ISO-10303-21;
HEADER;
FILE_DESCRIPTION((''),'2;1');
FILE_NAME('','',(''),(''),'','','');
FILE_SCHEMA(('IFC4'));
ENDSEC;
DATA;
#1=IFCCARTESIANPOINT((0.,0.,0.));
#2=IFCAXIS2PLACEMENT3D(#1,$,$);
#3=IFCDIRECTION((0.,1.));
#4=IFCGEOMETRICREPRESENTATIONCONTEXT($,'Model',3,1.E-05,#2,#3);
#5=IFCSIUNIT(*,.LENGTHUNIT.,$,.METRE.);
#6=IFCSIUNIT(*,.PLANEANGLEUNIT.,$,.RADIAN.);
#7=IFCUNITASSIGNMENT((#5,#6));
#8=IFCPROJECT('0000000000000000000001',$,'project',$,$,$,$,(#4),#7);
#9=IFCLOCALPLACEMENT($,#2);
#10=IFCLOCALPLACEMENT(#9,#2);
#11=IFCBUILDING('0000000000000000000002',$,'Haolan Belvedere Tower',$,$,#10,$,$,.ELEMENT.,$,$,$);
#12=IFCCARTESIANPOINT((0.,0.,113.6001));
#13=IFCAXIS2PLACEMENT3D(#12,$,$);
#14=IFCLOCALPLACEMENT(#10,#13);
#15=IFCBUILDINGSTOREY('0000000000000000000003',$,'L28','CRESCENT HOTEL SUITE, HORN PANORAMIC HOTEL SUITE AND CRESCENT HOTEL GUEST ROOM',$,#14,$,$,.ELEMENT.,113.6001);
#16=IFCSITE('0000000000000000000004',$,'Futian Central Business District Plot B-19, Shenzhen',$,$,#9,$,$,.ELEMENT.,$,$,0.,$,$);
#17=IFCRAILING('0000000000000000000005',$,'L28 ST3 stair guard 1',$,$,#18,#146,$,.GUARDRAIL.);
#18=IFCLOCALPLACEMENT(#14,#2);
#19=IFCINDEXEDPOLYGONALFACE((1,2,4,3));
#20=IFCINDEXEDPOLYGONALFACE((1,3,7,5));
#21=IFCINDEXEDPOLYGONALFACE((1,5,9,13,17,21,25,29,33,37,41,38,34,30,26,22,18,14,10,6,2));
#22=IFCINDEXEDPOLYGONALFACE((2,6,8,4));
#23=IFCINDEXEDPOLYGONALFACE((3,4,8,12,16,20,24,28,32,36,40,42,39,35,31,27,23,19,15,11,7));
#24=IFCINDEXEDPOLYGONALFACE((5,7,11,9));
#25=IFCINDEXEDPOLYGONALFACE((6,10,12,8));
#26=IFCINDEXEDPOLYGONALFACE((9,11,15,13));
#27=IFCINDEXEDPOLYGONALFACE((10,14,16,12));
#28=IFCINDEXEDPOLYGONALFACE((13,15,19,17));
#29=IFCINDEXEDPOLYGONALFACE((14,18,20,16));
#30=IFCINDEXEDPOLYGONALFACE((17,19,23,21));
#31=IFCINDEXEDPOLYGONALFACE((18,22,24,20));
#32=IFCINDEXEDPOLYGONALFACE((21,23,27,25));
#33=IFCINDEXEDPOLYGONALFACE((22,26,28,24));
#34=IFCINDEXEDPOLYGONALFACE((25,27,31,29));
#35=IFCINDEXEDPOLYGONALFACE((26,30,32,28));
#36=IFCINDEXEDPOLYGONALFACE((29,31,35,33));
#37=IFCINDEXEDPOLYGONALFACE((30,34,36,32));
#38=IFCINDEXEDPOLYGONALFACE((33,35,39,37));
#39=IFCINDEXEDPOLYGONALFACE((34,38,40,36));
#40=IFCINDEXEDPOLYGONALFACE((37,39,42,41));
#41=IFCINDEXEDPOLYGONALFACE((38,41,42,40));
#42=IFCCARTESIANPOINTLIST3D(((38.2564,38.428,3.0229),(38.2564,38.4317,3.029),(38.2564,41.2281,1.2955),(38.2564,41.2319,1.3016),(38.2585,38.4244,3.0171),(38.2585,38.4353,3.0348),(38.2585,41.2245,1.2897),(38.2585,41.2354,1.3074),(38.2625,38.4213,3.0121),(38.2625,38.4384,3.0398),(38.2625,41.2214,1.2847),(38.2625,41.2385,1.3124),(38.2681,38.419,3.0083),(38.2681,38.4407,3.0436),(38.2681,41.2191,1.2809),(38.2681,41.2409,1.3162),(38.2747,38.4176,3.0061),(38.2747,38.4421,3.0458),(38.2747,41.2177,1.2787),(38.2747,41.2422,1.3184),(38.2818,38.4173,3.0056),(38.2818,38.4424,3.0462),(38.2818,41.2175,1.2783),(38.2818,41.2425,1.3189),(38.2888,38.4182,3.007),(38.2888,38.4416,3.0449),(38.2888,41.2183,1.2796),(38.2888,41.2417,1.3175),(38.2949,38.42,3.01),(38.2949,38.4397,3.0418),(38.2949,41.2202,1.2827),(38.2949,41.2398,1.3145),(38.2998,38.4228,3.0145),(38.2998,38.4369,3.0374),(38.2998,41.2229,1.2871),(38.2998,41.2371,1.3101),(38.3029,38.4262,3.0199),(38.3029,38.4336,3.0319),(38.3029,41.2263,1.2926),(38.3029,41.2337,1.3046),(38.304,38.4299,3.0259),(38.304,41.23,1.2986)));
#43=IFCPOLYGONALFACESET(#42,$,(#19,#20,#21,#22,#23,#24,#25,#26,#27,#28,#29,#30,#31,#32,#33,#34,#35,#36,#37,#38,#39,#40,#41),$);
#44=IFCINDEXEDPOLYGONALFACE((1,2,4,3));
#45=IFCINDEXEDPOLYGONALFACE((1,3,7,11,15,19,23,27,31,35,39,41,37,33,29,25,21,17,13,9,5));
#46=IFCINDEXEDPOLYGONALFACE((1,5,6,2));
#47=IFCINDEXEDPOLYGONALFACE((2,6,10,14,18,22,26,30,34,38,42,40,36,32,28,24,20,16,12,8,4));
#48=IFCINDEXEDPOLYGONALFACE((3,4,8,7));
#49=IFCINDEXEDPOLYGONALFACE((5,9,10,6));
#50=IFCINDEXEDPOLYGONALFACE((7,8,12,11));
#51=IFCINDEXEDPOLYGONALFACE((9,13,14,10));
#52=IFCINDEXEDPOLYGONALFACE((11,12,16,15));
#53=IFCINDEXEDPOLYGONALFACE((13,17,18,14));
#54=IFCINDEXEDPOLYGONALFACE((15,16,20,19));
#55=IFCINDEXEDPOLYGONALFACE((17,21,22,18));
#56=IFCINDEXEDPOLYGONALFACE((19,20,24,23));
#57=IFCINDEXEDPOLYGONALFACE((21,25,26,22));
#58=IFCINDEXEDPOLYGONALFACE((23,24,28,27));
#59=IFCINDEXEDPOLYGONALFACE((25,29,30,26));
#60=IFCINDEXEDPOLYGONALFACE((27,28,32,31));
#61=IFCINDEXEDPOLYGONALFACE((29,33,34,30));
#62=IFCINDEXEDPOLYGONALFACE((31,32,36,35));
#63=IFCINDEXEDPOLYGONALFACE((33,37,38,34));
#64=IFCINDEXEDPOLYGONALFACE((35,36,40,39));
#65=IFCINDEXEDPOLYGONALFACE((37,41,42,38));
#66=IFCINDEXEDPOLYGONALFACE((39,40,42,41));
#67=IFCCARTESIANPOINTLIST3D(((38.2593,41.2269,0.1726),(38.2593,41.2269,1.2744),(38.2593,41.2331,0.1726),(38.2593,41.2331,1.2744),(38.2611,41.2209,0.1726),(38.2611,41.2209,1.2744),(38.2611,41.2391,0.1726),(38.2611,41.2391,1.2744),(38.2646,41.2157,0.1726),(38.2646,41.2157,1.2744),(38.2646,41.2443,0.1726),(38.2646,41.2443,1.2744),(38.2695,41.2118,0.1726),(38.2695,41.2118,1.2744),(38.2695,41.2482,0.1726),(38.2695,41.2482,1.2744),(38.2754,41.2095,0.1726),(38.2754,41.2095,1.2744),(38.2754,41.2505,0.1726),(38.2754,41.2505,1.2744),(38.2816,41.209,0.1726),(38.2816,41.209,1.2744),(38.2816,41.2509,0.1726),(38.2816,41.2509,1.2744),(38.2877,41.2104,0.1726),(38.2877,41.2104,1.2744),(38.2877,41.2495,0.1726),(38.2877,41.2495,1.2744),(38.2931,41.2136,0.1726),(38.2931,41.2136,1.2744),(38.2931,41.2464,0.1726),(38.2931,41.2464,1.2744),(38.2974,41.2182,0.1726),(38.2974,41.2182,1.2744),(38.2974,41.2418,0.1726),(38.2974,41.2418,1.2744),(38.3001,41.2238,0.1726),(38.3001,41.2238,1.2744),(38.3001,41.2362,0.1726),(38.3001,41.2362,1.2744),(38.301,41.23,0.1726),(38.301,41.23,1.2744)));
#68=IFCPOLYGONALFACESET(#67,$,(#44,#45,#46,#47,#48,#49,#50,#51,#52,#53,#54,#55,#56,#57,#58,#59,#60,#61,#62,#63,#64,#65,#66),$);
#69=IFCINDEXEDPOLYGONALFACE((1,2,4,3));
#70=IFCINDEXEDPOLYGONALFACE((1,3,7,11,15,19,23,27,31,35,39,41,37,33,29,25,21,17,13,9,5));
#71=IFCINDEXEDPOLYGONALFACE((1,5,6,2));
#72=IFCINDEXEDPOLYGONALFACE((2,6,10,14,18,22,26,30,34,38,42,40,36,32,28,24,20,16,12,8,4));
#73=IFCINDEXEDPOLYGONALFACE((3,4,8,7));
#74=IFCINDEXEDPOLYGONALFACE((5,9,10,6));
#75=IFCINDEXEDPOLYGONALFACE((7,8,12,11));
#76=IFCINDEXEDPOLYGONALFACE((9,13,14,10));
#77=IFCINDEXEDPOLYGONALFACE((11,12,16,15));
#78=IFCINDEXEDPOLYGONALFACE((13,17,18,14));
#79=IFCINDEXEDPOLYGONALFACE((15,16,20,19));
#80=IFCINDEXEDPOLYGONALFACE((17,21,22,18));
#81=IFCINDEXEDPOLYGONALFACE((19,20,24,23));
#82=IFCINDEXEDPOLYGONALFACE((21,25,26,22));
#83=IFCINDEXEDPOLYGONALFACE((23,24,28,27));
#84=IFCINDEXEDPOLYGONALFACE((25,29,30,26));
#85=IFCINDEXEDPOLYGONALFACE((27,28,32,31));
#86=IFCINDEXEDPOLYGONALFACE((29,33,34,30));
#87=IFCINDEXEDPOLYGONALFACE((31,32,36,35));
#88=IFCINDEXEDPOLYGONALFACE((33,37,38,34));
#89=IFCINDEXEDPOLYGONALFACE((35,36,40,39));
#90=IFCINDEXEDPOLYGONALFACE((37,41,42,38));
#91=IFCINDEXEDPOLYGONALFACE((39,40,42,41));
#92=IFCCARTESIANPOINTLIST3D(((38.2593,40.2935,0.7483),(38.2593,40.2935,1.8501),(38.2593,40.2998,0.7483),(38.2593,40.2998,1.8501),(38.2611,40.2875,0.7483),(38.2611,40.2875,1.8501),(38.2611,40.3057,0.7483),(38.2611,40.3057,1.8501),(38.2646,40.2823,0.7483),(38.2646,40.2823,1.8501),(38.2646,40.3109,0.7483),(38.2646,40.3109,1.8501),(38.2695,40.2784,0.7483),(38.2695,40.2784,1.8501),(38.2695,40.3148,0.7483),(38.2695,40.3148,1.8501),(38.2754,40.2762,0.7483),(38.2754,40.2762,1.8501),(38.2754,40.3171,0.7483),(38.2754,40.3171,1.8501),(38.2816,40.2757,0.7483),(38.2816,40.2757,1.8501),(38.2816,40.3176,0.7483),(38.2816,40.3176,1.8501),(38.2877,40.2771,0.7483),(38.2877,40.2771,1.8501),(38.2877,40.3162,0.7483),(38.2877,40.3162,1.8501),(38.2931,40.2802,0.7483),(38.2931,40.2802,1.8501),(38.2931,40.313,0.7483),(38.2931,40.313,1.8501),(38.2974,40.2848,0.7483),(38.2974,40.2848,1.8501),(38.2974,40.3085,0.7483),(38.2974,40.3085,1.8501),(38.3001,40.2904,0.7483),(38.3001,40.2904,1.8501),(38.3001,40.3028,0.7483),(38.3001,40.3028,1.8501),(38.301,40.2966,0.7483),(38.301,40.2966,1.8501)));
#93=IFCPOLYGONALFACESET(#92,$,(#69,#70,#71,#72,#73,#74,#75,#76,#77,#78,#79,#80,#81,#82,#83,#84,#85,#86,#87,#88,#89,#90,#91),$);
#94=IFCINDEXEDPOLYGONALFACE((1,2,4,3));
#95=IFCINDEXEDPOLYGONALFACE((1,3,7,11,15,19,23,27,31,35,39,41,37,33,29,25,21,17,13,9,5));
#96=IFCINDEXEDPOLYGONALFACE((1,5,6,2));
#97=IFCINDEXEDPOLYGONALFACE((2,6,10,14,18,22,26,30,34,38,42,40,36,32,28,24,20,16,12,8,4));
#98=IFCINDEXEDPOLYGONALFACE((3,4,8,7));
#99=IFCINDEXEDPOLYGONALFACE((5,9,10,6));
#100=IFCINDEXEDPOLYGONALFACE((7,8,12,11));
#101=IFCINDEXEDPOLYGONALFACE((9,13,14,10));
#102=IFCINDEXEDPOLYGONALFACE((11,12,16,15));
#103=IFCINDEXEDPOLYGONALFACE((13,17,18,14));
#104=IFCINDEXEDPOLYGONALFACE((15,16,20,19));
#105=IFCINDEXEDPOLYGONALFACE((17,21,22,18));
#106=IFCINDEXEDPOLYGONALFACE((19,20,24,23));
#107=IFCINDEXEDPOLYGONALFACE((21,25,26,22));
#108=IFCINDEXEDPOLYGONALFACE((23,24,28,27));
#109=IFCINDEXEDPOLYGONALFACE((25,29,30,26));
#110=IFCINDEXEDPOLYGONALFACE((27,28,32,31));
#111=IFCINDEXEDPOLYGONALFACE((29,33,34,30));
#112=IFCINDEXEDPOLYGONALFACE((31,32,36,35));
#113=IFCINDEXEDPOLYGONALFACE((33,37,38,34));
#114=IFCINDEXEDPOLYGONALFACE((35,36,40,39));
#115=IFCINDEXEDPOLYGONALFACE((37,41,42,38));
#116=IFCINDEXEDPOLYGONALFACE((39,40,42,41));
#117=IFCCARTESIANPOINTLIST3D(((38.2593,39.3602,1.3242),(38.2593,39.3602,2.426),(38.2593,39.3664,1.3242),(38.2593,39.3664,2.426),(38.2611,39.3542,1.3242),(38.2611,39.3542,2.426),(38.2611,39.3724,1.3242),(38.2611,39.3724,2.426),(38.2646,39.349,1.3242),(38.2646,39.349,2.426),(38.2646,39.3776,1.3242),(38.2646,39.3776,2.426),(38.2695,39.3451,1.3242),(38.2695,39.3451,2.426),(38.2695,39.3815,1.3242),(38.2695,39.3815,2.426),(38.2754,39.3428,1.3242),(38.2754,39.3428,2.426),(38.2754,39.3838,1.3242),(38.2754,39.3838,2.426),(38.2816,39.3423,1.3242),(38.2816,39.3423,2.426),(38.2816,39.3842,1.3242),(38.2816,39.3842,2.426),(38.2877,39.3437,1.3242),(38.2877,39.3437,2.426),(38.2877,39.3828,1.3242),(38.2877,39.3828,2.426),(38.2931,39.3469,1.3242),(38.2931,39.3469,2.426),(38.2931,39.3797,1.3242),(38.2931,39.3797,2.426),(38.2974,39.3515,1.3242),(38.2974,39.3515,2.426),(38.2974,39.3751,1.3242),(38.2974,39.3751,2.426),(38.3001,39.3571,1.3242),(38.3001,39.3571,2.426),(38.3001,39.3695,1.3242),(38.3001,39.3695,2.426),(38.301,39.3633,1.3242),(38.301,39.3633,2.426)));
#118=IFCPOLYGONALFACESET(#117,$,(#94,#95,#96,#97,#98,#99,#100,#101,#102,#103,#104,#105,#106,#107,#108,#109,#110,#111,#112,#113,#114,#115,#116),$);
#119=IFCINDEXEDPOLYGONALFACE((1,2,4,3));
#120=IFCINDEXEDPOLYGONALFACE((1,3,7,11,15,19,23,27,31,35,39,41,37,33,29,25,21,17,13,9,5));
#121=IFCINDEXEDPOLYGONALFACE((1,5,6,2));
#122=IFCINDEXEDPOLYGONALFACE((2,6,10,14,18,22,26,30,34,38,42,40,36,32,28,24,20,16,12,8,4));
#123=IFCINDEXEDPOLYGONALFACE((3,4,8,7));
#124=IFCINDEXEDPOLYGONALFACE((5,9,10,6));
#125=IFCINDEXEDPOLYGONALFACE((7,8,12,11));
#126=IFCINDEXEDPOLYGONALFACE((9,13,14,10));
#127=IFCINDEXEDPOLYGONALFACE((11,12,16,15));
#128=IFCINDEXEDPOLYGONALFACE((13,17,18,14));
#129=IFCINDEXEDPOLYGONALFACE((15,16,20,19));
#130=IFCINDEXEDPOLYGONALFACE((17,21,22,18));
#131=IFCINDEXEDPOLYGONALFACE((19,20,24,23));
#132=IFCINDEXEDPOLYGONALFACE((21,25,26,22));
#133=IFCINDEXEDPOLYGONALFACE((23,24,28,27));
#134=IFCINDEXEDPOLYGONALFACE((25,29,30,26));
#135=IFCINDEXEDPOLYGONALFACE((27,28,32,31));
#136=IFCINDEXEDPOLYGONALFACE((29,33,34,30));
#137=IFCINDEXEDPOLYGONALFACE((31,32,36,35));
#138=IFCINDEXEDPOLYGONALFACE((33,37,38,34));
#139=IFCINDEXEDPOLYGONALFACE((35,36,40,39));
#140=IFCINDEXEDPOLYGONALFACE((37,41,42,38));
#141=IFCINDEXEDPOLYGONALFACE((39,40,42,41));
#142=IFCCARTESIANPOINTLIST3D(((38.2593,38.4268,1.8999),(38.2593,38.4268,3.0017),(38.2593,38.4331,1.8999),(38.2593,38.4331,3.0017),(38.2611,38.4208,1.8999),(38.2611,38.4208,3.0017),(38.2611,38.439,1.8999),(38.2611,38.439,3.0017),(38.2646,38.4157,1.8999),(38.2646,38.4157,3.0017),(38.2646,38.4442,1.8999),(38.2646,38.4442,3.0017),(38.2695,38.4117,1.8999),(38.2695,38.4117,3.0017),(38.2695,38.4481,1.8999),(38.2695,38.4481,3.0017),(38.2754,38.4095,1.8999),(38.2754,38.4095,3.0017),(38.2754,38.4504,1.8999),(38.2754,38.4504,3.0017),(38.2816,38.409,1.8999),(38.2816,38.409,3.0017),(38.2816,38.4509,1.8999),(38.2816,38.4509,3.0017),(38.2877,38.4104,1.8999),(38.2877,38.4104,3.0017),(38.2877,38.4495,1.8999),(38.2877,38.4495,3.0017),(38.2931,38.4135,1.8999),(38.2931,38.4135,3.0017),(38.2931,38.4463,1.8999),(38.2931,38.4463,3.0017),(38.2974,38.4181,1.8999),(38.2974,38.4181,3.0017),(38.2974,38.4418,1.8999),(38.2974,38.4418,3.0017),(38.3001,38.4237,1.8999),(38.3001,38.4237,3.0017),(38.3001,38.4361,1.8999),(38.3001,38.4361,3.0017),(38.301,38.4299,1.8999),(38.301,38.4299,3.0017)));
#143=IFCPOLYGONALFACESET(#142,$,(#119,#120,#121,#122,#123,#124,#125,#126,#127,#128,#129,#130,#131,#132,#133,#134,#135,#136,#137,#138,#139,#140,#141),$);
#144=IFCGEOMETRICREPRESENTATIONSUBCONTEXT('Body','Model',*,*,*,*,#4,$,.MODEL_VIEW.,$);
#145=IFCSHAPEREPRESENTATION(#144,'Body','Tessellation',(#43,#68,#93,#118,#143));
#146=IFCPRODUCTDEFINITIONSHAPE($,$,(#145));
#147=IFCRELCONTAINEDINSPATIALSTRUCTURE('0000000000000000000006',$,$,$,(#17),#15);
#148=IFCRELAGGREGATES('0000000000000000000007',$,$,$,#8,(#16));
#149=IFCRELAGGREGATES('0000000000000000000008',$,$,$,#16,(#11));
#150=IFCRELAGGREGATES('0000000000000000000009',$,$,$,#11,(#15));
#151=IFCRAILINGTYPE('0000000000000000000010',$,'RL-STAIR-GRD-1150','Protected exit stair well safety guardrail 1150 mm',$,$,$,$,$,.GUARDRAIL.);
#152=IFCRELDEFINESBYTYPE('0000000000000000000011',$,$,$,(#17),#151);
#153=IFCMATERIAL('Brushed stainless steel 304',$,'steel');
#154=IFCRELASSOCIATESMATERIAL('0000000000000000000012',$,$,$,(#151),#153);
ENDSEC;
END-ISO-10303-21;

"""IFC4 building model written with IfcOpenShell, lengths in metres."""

from ifc_helpers import new_model, si_unit, direction, frame, origin, origin_2d, place, context, subcontext, project, spatial, circle, extrude, material, type_object, element, save


model = new_model("IFC4")

# Units and contexts
model_context = context("Model", 3, precision=1e-05, world=origin(), true_north=direction((0.0, 1.0)))
body_context = subcontext(model_context, "Body", "Model", "MODEL_VIEW")
ifc_project = project(units=[si_unit("LENGTHUNIT", "METRE"), si_unit("PLANEANGLEUNIT", "RADIAN")], contexts=[model_context])

# Site, building, storey
site_placement = place(None, origin())
site = spatial("IfcSite", under=ifc_project, at=site_placement, Name="Futian Central Business District Plot B-19, Shenzhen", CompositionType="ELEMENT", RefElevation=0.0)
building_placement = place(site_placement, origin())
building = spatial("IfcBuilding", under=site, at=building_placement, Name="Haolan Belvedere Tower", CompositionType="ELEMENT")
storey_placement = place(building_placement, frame((0.0, 0.0, 113.6001)))
storey = spatial("IfcBuildingStorey", under=building, at=storey_placement, Name="L28", Description="CRESCENT HOTEL SUITE, HORN PANORAMIC HOTEL SUITE AND CRESCENT HOTEL GUEST ROOM", CompositionType="ELEMENT", Elevation=113.6001)

# Railing
ifc_material_1 = material(Name="Brushed stainless steel 304", Category="steel")
railing_type_1 = type_object("IfcRailingType", Name="RL-STAIR-GRD-1150", Description="Protected exit stair well safety guardrail 1150 mm", PredefinedType="GUARDRAIL", material=ifc_material_1)
railing_1_placement = place(storey_placement, frame((38.28, 41.23, 0.1726)))
element("IfcRailing", 1, at=railing_1_placement, inside=storey, type_object=railing_type_1, Name="L28 ST3 stair guard 1", PredefinedType="GUARDRAIL", context=body_context, shape_type="SweptSolid", body=[
    extrude(circle(Radius=0.0239, at=origin_2d()), frame((0.0, 0.0, 1.126), z_axis=(0.0, -0.85109, 0.52502), x_axis=(1.0, 0.0, 0.0)), (0.0, 0.0, 1.0), 3.29),
    extrude(circle(Radius=0.021, at=origin_2d()), origin(), (0.0, 0.0, 1.0), 1.1018),
    extrude(circle(Radius=0.021, at=origin_2d()), frame((0.0, -0.9333, 0.5757)), (0.0, 0.0, 1.0), 1.1018),
    extrude(circle(Radius=0.021, at=origin_2d()), frame((0.0, -1.8667, 1.1516)), (0.0, 0.0, 1.0), 1.1018),
    extrude(circle(Radius=0.021, at=origin_2d()), frame((0.0, -2.8, 1.7273)), (0.0, 0.0, 1.0), 1.1018),
])

save(model, "model.ifc")
